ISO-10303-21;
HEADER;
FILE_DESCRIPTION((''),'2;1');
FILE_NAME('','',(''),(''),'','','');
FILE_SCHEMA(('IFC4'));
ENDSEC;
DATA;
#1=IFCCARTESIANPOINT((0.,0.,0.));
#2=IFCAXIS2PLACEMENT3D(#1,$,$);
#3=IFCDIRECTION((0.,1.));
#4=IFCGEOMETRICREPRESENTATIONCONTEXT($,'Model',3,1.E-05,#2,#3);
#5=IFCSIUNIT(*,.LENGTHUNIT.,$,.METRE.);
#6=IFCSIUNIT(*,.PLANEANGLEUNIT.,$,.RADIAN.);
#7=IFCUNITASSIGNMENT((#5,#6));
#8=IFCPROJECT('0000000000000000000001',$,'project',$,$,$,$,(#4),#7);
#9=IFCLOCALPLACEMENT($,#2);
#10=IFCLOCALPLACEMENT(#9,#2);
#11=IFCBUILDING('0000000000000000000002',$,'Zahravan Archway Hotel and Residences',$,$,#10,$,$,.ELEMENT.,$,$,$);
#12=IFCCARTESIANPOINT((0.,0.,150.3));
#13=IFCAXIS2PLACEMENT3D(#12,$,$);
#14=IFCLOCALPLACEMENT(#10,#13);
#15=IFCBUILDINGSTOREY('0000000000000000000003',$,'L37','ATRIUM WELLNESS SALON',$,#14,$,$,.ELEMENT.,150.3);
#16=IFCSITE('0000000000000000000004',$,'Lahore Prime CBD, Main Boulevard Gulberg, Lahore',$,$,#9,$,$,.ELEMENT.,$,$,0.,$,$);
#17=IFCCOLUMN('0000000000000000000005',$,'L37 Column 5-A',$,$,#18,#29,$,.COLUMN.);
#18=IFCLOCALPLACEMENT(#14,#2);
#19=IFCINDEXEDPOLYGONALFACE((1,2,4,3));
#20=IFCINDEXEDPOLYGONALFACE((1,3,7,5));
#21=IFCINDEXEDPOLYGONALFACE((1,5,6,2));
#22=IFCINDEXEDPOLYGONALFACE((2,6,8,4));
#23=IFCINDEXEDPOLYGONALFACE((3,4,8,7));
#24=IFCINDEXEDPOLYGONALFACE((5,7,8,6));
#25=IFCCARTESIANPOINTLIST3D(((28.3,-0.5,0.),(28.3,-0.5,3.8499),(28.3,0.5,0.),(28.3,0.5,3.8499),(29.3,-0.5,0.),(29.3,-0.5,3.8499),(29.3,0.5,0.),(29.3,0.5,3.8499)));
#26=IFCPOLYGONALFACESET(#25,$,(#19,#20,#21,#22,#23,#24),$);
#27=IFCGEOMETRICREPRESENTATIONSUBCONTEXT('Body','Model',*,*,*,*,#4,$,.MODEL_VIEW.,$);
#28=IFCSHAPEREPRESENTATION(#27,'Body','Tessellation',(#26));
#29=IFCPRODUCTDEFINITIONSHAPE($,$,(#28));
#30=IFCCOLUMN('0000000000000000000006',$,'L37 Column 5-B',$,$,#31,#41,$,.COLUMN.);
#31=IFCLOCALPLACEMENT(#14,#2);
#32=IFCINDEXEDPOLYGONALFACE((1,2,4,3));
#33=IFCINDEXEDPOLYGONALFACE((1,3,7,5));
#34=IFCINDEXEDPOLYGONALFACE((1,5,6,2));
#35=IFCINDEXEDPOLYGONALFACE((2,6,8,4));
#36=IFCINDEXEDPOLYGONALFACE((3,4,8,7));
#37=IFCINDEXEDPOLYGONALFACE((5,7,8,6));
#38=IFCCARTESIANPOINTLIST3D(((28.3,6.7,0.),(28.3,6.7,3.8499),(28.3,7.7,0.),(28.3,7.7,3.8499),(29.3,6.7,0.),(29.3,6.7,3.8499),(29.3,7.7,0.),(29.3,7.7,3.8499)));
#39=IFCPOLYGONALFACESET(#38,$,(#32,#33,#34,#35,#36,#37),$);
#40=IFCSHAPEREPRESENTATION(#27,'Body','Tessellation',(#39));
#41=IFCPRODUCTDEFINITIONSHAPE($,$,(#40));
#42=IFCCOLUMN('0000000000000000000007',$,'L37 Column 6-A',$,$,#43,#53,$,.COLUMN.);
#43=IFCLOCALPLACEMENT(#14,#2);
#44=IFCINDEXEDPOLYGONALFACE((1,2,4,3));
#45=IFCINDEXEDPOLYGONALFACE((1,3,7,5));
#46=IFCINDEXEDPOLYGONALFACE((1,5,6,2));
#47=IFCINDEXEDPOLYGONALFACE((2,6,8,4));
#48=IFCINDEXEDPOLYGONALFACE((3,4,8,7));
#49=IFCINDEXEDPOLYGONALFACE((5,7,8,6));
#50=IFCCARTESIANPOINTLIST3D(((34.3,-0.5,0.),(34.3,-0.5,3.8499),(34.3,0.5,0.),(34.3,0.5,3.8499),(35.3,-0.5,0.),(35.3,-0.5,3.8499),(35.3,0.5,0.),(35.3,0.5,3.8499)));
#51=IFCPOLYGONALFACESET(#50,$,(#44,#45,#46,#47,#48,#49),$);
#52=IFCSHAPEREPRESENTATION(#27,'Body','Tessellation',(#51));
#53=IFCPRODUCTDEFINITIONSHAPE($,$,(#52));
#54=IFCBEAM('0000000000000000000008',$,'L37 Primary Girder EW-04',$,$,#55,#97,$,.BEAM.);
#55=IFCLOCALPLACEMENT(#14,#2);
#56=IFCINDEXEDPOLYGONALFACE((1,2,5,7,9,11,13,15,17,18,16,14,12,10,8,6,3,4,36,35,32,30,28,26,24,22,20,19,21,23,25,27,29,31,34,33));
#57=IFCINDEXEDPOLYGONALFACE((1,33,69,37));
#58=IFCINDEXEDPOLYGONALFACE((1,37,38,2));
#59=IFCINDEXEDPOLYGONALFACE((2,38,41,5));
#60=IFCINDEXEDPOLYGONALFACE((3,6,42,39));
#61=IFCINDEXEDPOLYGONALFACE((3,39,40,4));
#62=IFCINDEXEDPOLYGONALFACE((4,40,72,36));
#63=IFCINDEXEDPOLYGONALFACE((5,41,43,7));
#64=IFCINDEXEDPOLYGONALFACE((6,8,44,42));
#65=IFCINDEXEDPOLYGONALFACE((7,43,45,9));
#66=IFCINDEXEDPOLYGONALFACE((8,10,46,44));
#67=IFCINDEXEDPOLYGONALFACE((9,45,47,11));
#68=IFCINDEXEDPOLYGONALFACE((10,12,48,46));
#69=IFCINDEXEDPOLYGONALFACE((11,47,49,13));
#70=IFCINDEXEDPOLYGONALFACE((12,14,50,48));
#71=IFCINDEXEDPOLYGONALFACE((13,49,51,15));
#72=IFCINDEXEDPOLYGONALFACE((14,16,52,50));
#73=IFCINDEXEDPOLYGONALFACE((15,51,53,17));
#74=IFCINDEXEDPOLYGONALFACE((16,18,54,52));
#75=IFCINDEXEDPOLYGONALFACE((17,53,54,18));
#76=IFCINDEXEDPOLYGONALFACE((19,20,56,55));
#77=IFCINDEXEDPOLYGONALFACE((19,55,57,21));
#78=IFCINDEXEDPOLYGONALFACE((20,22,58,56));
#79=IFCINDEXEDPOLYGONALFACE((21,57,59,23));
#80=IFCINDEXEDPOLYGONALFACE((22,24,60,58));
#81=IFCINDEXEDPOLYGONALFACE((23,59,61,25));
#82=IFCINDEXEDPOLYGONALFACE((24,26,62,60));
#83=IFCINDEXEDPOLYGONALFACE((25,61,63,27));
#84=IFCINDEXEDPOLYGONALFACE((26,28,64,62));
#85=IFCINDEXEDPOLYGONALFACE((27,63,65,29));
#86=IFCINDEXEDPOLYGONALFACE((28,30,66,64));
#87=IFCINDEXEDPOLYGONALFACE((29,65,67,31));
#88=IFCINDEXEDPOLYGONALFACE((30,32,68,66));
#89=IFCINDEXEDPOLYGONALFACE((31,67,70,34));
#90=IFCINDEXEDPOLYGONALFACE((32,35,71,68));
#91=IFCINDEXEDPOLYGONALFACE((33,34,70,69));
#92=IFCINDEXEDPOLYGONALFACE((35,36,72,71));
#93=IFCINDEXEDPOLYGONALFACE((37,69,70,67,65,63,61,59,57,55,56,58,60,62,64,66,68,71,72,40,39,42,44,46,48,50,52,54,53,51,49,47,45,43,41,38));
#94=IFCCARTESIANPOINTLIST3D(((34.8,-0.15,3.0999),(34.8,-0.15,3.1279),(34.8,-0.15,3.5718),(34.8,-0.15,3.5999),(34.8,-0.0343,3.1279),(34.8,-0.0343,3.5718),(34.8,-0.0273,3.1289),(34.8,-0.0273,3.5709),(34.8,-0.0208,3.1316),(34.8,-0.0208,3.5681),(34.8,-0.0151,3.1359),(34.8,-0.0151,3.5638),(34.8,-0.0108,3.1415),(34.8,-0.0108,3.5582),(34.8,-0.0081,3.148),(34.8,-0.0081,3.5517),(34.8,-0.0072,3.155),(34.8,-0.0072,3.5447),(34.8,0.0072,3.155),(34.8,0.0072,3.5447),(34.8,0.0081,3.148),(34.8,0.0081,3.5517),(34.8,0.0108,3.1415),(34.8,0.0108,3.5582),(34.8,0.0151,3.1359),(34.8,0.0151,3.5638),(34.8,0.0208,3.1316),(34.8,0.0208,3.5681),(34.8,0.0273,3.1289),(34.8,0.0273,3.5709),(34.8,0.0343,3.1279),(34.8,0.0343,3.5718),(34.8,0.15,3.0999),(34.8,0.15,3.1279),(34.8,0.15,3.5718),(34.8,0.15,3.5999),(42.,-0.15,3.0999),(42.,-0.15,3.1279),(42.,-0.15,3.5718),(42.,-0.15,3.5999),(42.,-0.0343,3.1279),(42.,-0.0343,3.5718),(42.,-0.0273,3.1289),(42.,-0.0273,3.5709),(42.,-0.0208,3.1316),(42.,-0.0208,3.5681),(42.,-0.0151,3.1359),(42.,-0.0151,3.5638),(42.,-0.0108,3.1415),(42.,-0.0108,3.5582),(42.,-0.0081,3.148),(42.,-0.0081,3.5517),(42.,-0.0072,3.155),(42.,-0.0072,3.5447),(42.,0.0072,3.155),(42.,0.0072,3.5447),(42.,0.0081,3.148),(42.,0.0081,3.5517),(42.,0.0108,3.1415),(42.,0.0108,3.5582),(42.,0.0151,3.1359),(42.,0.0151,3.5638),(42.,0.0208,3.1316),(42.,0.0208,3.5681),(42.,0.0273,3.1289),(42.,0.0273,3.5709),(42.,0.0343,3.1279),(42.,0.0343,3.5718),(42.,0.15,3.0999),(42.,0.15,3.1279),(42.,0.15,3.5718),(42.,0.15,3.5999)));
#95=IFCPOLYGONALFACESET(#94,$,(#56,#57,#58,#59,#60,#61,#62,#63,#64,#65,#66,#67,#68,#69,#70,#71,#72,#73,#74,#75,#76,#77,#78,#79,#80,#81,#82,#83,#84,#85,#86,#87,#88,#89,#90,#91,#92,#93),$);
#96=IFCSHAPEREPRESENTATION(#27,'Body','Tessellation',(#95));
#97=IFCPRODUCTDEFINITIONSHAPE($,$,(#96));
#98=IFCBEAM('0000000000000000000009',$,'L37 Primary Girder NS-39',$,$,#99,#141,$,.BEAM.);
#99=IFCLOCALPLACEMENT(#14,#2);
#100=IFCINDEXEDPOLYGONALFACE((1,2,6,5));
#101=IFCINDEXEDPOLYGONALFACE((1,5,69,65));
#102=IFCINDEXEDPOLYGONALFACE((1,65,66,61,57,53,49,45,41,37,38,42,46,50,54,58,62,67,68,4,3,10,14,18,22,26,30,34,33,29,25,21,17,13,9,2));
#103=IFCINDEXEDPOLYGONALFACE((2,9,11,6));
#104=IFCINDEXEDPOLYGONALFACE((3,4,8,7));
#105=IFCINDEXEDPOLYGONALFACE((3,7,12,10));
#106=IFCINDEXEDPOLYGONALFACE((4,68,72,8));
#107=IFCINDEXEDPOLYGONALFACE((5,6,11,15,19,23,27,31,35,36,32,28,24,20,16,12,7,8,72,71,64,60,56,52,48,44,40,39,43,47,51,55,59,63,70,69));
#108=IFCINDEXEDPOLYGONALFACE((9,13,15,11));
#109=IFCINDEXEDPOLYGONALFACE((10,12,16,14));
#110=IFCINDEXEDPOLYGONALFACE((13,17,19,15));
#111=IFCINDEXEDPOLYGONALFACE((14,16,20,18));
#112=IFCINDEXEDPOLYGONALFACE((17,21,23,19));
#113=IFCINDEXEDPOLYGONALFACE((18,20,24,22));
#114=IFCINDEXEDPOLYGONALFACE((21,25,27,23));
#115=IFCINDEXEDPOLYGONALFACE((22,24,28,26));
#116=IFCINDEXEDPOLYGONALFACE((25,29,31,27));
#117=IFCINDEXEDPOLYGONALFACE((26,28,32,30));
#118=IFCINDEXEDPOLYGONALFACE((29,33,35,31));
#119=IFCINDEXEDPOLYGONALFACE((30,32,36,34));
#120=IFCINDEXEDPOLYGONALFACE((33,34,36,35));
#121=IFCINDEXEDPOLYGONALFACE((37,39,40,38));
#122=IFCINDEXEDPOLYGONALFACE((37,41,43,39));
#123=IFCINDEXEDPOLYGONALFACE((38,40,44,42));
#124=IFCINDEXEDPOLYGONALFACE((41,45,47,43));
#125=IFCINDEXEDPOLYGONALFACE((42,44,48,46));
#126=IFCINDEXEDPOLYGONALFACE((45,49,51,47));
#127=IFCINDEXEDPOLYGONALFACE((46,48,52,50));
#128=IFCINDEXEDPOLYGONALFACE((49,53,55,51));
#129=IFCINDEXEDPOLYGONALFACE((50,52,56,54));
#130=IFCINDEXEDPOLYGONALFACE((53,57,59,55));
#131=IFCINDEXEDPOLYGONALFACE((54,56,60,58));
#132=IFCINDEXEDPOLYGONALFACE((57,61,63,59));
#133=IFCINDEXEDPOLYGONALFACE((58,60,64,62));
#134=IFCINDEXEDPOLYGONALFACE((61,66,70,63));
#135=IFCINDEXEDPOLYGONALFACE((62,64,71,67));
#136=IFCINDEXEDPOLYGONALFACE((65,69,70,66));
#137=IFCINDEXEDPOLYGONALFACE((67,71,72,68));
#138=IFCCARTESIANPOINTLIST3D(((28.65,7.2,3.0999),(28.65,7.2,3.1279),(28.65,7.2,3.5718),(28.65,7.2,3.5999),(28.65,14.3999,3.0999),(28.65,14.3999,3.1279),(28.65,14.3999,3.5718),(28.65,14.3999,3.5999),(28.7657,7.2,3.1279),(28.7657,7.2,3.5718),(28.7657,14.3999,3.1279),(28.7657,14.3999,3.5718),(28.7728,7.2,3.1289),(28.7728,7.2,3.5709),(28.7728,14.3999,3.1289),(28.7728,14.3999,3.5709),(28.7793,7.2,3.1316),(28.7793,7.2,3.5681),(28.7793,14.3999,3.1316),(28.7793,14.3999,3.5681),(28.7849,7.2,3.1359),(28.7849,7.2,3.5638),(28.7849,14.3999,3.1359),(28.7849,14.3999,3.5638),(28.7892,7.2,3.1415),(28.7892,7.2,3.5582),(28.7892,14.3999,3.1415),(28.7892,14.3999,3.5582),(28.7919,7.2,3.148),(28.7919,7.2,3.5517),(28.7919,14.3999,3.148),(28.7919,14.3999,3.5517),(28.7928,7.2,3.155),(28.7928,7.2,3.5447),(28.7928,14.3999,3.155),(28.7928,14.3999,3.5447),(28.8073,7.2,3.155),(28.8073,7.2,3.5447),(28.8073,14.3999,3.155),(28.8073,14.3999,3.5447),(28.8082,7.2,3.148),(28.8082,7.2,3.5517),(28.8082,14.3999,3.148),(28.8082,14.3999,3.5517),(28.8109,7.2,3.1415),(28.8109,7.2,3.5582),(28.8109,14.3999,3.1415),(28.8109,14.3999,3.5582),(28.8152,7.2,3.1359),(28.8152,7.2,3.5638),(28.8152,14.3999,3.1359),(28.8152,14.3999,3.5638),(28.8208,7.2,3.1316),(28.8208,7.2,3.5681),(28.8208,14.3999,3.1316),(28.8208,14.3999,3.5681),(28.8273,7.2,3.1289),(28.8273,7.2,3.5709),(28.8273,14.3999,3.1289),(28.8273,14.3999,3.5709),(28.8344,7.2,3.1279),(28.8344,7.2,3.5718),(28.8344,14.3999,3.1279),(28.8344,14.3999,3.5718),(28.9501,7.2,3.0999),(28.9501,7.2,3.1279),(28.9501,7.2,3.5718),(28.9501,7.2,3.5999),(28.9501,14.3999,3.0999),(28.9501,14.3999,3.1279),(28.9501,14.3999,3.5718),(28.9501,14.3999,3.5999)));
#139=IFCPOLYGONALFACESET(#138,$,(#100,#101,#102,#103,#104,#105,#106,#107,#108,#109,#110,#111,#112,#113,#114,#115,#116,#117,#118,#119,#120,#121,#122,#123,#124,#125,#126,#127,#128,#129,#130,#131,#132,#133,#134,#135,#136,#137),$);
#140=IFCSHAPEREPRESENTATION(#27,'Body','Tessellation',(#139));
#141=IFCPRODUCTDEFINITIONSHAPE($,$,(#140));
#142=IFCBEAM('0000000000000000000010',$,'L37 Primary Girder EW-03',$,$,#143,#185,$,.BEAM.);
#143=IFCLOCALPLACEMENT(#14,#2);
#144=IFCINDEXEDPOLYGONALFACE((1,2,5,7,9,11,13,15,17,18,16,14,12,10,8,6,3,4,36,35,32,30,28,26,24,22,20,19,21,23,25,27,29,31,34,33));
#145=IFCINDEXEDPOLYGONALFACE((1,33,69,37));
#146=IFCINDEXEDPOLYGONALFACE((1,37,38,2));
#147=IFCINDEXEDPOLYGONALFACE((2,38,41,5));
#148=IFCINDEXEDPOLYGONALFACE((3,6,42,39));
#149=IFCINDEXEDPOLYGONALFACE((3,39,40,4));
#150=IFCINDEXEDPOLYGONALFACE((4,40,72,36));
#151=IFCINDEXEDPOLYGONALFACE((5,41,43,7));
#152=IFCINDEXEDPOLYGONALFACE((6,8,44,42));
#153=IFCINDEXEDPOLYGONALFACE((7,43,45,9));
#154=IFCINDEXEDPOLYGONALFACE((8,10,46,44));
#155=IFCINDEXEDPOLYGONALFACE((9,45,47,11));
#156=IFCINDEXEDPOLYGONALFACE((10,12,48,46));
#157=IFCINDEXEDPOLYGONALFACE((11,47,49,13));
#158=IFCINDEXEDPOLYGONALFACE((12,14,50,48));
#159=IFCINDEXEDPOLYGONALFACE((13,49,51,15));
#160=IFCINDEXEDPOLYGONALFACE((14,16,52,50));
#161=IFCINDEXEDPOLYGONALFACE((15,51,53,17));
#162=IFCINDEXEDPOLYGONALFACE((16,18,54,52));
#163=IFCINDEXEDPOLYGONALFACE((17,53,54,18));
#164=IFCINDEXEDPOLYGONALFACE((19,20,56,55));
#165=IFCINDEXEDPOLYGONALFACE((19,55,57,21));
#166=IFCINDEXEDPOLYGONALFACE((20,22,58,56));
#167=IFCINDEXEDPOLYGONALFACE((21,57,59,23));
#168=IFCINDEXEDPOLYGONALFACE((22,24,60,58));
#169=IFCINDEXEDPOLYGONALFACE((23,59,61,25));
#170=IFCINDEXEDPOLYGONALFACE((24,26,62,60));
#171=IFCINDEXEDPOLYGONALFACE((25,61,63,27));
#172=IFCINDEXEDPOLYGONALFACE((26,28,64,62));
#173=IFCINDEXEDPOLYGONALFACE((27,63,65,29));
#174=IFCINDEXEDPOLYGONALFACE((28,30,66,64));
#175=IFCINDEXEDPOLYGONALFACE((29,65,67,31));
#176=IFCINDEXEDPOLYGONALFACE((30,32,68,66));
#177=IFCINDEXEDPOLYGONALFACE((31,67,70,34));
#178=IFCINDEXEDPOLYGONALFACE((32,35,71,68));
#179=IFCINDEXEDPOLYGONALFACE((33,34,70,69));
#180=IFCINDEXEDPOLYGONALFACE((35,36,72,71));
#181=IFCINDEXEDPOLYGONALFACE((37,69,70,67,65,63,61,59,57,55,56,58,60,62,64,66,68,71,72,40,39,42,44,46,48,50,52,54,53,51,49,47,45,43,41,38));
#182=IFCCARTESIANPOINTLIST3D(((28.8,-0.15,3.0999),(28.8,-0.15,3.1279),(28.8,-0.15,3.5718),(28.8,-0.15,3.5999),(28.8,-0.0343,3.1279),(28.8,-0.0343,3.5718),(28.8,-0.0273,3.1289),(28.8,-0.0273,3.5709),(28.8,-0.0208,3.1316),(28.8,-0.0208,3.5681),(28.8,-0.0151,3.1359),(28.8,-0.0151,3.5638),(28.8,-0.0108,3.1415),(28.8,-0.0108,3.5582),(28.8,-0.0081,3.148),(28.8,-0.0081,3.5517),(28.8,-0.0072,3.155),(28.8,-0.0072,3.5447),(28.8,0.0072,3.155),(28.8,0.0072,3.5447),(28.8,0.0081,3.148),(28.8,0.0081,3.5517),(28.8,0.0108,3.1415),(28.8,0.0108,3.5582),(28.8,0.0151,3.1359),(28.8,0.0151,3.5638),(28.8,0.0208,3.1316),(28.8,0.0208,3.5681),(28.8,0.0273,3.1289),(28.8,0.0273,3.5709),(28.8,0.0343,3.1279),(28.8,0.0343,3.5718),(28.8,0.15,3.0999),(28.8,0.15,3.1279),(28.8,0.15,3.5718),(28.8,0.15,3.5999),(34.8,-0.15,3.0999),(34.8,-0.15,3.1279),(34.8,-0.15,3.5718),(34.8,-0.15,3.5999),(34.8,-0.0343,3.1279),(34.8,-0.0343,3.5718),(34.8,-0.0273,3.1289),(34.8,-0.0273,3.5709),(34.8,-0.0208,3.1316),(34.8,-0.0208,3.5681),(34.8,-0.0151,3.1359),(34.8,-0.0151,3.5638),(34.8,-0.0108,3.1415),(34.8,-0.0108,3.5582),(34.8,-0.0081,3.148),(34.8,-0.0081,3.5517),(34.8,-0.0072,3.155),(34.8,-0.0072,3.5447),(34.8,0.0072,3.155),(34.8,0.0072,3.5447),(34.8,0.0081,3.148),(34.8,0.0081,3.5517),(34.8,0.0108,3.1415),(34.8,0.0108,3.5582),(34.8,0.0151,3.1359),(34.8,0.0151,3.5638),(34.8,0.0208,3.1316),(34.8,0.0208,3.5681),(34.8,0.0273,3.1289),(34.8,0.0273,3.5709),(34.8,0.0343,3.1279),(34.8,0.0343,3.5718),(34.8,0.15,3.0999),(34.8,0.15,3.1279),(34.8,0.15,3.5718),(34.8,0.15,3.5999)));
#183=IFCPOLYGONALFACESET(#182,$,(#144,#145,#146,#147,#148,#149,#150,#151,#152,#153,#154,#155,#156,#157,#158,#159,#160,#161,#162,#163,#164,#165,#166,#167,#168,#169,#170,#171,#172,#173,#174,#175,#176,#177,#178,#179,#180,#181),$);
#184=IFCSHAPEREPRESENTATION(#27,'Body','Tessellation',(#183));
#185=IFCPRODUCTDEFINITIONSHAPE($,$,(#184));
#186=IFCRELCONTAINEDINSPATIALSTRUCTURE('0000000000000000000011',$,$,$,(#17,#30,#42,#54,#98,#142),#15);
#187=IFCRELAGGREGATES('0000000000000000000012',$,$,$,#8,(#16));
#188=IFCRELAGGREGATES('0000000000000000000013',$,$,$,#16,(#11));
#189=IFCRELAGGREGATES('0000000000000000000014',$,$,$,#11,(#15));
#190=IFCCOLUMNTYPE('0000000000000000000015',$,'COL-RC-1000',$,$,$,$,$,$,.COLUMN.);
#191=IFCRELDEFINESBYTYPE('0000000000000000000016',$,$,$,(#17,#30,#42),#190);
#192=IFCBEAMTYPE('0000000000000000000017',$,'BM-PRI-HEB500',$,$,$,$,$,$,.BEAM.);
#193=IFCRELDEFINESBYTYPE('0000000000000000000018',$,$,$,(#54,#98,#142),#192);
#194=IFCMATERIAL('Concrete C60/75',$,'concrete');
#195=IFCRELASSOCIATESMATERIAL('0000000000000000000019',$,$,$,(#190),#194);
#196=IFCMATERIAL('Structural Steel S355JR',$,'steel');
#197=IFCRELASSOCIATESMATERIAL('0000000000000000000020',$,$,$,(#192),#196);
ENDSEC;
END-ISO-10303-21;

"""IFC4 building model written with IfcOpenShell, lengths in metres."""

from ifc_helpers import new_model, si_unit, direction, frame, origin, origin_2d, place, context, subcontext, project, spatial, rectangle, i_section, extrude, source, transform, mapped, material, material_profile, profile_set, type_object, element, save


model = new_model("IFC4")

# Units and contexts
model_context = context("Model", 3, precision=1e-05, world=origin(), true_north=direction((0.0, 1.0)))
body_context = subcontext(model_context, "Body", "Model", "MODEL_VIEW")
ifc_project = project(units=[si_unit("LENGTHUNIT", "METRE"), si_unit("PLANEANGLEUNIT", "RADIAN")], contexts=[model_context])

# Site, building, storey
site_placement = place(None, origin())
site = spatial("IfcSite", under=ifc_project, at=site_placement, Name="Lahore Prime CBD, Main Boulevard Gulberg, Lahore", CompositionType="ELEMENT", RefElevation=0.0)
building_placement = place(site_placement, origin())
building = spatial("IfcBuilding", under=site, at=building_placement, Name="Zahravan Archway Hotel and Residences", CompositionType="ELEMENT")
storey_placement = place(building_placement, frame((0.0, 0.0, 150.3)))
storey = spatial("IfcBuildingStorey", under=building, at=storey_placement, Name="L37", Description="ATRIUM WELLNESS SALON", CompositionType="ELEMENT", Elevation=150.3)

# Columns
ifc_material_1 = material(Name="Concrete C60/75", Category="concrete")
ifc_material_profile_1 = material_profile(ifc_material_1, rectangle(XDim=1.0, YDim=1.0, at=origin_2d()), Name="RC-COL-1000x1000", Category="concrete")
ifc_profile_set_1 = profile_set([ifc_material_profile_1], Name="Concrete C60/75")
column_type = type_object("IfcColumnType", Name="COL-RC-1000", PredefinedType="COLUMN", material=ifc_profile_set_1)
shared_shape_1 = source(origin(), body_context, "Body", "SweptSolid", [
    extrude(rectangle(XDim=1.0, YDim=1.0, at=origin_2d()), origin(), (0.0, 0.0, 1.0), 3.8499),
])
for number, where, z_axis, x_axis, name in (
    (1, (28.8, 0.0, 0.0), (0.0, 0.0, 1.0), (1.0, 0.0, 0.0), "L37 Column 5-A"),
    (2, (28.8, 7.2, 0.0), (0.0, 0.0, 1.0), (1.0, 0.0, 0.0), "L37 Column 5-B"),
    (3, (34.8, 0.0, 0.0), (0.0, 0.0, 1.0), (1.0, 0.0, 0.0), "L37 Column 6-A"),
):
    element("IfcColumn", number, at=place(storey_placement, frame(where, z_axis=z_axis, x_axis=x_axis)), inside=storey, type_object=column_type, Name=name, PredefinedType="COLUMN", context=body_context, shape_type="MappedRepresentation", body=[
        mapped(shared_shape_1, transform((0.0, 0.0, 0.0), scale=1.0)),
    ])

# Beams
ifc_material_2 = material(Name="Structural Steel S355JR", Category="steel")
ifc_material_profile_2 = material_profile(ifc_material_2, i_section(OverallWidth=0.3, OverallDepth=0.5, WebThickness=0.0144, FlangeThickness=0.0281, FilletRadius=0.0271, at=origin_2d()), Name="HEB 500", Category="steel")
ifc_profile_set_2 = profile_set([ifc_material_profile_2], Name="Structural Steel S355JR")
beam_type_1 = type_object("IfcBeamType", Name="BM-PRI-HEB500", PredefinedType="BEAM", material=ifc_profile_set_2)
shared_shape_2 = source(origin(), body_context, "Body", "SweptSolid", [
    extrude(i_section(OverallWidth=0.3, OverallDepth=0.5, WebThickness=0.0144, FlangeThickness=0.0281, FilletRadius=0.0271, at=origin_2d()), origin(), (0.0, 0.0, 1.0), 7.2),
])
for number, where, z_axis, x_axis, name in (
    (4, (34.8, 0.0, 3.3499), (1.0, 0.0, 0.0), (0.0, 1.0, 0.0), "L37 Primary Girder EW-04"),
    (5, (28.8, 7.2, 3.3499), (0.0, 1.0, 0.0), (-1.0, 0.0, 0.0), "L37 Primary Girder NS-39"),
):
    element("IfcBeam", number, at=place(storey_placement, frame(where, z_axis=z_axis, x_axis=x_axis)), inside=storey, type_object=beam_type_1, Name=name, PredefinedType="BEAM", context=body_context, shape_type="MappedRepresentation", body=[
        mapped(shared_shape_2, transform((0.0, 0.0, 0.0), scale=1.0)),
    ])
shared_shape_3 = source(origin(), body_context, "Body", "SweptSolid", [
    extrude(i_section(OverallWidth=0.3, OverallDepth=0.5, WebThickness=0.0144, FlangeThickness=0.0281, FilletRadius=0.0271, at=origin_2d()), origin(), (0.0, 0.0, 1.0), 6.0),
])
for number, where, z_axis, x_axis, name in (
    (6, (28.8, 0.0, 3.3499), (1.0, 0.0, 0.0), (0.0, 1.0, 0.0), "L37 Primary Girder EW-03"),
):
    element("IfcBeam", number, at=place(storey_placement, frame(where, z_axis=z_axis, x_axis=x_axis)), inside=storey, type_object=beam_type_1, Name=name, PredefinedType="BEAM", context=body_context, shape_type="MappedRepresentation", body=[
        mapped(shared_shape_3, transform((0.0, 0.0, 0.0), scale=1.0)),
    ])

save(model, "model.ifc")
